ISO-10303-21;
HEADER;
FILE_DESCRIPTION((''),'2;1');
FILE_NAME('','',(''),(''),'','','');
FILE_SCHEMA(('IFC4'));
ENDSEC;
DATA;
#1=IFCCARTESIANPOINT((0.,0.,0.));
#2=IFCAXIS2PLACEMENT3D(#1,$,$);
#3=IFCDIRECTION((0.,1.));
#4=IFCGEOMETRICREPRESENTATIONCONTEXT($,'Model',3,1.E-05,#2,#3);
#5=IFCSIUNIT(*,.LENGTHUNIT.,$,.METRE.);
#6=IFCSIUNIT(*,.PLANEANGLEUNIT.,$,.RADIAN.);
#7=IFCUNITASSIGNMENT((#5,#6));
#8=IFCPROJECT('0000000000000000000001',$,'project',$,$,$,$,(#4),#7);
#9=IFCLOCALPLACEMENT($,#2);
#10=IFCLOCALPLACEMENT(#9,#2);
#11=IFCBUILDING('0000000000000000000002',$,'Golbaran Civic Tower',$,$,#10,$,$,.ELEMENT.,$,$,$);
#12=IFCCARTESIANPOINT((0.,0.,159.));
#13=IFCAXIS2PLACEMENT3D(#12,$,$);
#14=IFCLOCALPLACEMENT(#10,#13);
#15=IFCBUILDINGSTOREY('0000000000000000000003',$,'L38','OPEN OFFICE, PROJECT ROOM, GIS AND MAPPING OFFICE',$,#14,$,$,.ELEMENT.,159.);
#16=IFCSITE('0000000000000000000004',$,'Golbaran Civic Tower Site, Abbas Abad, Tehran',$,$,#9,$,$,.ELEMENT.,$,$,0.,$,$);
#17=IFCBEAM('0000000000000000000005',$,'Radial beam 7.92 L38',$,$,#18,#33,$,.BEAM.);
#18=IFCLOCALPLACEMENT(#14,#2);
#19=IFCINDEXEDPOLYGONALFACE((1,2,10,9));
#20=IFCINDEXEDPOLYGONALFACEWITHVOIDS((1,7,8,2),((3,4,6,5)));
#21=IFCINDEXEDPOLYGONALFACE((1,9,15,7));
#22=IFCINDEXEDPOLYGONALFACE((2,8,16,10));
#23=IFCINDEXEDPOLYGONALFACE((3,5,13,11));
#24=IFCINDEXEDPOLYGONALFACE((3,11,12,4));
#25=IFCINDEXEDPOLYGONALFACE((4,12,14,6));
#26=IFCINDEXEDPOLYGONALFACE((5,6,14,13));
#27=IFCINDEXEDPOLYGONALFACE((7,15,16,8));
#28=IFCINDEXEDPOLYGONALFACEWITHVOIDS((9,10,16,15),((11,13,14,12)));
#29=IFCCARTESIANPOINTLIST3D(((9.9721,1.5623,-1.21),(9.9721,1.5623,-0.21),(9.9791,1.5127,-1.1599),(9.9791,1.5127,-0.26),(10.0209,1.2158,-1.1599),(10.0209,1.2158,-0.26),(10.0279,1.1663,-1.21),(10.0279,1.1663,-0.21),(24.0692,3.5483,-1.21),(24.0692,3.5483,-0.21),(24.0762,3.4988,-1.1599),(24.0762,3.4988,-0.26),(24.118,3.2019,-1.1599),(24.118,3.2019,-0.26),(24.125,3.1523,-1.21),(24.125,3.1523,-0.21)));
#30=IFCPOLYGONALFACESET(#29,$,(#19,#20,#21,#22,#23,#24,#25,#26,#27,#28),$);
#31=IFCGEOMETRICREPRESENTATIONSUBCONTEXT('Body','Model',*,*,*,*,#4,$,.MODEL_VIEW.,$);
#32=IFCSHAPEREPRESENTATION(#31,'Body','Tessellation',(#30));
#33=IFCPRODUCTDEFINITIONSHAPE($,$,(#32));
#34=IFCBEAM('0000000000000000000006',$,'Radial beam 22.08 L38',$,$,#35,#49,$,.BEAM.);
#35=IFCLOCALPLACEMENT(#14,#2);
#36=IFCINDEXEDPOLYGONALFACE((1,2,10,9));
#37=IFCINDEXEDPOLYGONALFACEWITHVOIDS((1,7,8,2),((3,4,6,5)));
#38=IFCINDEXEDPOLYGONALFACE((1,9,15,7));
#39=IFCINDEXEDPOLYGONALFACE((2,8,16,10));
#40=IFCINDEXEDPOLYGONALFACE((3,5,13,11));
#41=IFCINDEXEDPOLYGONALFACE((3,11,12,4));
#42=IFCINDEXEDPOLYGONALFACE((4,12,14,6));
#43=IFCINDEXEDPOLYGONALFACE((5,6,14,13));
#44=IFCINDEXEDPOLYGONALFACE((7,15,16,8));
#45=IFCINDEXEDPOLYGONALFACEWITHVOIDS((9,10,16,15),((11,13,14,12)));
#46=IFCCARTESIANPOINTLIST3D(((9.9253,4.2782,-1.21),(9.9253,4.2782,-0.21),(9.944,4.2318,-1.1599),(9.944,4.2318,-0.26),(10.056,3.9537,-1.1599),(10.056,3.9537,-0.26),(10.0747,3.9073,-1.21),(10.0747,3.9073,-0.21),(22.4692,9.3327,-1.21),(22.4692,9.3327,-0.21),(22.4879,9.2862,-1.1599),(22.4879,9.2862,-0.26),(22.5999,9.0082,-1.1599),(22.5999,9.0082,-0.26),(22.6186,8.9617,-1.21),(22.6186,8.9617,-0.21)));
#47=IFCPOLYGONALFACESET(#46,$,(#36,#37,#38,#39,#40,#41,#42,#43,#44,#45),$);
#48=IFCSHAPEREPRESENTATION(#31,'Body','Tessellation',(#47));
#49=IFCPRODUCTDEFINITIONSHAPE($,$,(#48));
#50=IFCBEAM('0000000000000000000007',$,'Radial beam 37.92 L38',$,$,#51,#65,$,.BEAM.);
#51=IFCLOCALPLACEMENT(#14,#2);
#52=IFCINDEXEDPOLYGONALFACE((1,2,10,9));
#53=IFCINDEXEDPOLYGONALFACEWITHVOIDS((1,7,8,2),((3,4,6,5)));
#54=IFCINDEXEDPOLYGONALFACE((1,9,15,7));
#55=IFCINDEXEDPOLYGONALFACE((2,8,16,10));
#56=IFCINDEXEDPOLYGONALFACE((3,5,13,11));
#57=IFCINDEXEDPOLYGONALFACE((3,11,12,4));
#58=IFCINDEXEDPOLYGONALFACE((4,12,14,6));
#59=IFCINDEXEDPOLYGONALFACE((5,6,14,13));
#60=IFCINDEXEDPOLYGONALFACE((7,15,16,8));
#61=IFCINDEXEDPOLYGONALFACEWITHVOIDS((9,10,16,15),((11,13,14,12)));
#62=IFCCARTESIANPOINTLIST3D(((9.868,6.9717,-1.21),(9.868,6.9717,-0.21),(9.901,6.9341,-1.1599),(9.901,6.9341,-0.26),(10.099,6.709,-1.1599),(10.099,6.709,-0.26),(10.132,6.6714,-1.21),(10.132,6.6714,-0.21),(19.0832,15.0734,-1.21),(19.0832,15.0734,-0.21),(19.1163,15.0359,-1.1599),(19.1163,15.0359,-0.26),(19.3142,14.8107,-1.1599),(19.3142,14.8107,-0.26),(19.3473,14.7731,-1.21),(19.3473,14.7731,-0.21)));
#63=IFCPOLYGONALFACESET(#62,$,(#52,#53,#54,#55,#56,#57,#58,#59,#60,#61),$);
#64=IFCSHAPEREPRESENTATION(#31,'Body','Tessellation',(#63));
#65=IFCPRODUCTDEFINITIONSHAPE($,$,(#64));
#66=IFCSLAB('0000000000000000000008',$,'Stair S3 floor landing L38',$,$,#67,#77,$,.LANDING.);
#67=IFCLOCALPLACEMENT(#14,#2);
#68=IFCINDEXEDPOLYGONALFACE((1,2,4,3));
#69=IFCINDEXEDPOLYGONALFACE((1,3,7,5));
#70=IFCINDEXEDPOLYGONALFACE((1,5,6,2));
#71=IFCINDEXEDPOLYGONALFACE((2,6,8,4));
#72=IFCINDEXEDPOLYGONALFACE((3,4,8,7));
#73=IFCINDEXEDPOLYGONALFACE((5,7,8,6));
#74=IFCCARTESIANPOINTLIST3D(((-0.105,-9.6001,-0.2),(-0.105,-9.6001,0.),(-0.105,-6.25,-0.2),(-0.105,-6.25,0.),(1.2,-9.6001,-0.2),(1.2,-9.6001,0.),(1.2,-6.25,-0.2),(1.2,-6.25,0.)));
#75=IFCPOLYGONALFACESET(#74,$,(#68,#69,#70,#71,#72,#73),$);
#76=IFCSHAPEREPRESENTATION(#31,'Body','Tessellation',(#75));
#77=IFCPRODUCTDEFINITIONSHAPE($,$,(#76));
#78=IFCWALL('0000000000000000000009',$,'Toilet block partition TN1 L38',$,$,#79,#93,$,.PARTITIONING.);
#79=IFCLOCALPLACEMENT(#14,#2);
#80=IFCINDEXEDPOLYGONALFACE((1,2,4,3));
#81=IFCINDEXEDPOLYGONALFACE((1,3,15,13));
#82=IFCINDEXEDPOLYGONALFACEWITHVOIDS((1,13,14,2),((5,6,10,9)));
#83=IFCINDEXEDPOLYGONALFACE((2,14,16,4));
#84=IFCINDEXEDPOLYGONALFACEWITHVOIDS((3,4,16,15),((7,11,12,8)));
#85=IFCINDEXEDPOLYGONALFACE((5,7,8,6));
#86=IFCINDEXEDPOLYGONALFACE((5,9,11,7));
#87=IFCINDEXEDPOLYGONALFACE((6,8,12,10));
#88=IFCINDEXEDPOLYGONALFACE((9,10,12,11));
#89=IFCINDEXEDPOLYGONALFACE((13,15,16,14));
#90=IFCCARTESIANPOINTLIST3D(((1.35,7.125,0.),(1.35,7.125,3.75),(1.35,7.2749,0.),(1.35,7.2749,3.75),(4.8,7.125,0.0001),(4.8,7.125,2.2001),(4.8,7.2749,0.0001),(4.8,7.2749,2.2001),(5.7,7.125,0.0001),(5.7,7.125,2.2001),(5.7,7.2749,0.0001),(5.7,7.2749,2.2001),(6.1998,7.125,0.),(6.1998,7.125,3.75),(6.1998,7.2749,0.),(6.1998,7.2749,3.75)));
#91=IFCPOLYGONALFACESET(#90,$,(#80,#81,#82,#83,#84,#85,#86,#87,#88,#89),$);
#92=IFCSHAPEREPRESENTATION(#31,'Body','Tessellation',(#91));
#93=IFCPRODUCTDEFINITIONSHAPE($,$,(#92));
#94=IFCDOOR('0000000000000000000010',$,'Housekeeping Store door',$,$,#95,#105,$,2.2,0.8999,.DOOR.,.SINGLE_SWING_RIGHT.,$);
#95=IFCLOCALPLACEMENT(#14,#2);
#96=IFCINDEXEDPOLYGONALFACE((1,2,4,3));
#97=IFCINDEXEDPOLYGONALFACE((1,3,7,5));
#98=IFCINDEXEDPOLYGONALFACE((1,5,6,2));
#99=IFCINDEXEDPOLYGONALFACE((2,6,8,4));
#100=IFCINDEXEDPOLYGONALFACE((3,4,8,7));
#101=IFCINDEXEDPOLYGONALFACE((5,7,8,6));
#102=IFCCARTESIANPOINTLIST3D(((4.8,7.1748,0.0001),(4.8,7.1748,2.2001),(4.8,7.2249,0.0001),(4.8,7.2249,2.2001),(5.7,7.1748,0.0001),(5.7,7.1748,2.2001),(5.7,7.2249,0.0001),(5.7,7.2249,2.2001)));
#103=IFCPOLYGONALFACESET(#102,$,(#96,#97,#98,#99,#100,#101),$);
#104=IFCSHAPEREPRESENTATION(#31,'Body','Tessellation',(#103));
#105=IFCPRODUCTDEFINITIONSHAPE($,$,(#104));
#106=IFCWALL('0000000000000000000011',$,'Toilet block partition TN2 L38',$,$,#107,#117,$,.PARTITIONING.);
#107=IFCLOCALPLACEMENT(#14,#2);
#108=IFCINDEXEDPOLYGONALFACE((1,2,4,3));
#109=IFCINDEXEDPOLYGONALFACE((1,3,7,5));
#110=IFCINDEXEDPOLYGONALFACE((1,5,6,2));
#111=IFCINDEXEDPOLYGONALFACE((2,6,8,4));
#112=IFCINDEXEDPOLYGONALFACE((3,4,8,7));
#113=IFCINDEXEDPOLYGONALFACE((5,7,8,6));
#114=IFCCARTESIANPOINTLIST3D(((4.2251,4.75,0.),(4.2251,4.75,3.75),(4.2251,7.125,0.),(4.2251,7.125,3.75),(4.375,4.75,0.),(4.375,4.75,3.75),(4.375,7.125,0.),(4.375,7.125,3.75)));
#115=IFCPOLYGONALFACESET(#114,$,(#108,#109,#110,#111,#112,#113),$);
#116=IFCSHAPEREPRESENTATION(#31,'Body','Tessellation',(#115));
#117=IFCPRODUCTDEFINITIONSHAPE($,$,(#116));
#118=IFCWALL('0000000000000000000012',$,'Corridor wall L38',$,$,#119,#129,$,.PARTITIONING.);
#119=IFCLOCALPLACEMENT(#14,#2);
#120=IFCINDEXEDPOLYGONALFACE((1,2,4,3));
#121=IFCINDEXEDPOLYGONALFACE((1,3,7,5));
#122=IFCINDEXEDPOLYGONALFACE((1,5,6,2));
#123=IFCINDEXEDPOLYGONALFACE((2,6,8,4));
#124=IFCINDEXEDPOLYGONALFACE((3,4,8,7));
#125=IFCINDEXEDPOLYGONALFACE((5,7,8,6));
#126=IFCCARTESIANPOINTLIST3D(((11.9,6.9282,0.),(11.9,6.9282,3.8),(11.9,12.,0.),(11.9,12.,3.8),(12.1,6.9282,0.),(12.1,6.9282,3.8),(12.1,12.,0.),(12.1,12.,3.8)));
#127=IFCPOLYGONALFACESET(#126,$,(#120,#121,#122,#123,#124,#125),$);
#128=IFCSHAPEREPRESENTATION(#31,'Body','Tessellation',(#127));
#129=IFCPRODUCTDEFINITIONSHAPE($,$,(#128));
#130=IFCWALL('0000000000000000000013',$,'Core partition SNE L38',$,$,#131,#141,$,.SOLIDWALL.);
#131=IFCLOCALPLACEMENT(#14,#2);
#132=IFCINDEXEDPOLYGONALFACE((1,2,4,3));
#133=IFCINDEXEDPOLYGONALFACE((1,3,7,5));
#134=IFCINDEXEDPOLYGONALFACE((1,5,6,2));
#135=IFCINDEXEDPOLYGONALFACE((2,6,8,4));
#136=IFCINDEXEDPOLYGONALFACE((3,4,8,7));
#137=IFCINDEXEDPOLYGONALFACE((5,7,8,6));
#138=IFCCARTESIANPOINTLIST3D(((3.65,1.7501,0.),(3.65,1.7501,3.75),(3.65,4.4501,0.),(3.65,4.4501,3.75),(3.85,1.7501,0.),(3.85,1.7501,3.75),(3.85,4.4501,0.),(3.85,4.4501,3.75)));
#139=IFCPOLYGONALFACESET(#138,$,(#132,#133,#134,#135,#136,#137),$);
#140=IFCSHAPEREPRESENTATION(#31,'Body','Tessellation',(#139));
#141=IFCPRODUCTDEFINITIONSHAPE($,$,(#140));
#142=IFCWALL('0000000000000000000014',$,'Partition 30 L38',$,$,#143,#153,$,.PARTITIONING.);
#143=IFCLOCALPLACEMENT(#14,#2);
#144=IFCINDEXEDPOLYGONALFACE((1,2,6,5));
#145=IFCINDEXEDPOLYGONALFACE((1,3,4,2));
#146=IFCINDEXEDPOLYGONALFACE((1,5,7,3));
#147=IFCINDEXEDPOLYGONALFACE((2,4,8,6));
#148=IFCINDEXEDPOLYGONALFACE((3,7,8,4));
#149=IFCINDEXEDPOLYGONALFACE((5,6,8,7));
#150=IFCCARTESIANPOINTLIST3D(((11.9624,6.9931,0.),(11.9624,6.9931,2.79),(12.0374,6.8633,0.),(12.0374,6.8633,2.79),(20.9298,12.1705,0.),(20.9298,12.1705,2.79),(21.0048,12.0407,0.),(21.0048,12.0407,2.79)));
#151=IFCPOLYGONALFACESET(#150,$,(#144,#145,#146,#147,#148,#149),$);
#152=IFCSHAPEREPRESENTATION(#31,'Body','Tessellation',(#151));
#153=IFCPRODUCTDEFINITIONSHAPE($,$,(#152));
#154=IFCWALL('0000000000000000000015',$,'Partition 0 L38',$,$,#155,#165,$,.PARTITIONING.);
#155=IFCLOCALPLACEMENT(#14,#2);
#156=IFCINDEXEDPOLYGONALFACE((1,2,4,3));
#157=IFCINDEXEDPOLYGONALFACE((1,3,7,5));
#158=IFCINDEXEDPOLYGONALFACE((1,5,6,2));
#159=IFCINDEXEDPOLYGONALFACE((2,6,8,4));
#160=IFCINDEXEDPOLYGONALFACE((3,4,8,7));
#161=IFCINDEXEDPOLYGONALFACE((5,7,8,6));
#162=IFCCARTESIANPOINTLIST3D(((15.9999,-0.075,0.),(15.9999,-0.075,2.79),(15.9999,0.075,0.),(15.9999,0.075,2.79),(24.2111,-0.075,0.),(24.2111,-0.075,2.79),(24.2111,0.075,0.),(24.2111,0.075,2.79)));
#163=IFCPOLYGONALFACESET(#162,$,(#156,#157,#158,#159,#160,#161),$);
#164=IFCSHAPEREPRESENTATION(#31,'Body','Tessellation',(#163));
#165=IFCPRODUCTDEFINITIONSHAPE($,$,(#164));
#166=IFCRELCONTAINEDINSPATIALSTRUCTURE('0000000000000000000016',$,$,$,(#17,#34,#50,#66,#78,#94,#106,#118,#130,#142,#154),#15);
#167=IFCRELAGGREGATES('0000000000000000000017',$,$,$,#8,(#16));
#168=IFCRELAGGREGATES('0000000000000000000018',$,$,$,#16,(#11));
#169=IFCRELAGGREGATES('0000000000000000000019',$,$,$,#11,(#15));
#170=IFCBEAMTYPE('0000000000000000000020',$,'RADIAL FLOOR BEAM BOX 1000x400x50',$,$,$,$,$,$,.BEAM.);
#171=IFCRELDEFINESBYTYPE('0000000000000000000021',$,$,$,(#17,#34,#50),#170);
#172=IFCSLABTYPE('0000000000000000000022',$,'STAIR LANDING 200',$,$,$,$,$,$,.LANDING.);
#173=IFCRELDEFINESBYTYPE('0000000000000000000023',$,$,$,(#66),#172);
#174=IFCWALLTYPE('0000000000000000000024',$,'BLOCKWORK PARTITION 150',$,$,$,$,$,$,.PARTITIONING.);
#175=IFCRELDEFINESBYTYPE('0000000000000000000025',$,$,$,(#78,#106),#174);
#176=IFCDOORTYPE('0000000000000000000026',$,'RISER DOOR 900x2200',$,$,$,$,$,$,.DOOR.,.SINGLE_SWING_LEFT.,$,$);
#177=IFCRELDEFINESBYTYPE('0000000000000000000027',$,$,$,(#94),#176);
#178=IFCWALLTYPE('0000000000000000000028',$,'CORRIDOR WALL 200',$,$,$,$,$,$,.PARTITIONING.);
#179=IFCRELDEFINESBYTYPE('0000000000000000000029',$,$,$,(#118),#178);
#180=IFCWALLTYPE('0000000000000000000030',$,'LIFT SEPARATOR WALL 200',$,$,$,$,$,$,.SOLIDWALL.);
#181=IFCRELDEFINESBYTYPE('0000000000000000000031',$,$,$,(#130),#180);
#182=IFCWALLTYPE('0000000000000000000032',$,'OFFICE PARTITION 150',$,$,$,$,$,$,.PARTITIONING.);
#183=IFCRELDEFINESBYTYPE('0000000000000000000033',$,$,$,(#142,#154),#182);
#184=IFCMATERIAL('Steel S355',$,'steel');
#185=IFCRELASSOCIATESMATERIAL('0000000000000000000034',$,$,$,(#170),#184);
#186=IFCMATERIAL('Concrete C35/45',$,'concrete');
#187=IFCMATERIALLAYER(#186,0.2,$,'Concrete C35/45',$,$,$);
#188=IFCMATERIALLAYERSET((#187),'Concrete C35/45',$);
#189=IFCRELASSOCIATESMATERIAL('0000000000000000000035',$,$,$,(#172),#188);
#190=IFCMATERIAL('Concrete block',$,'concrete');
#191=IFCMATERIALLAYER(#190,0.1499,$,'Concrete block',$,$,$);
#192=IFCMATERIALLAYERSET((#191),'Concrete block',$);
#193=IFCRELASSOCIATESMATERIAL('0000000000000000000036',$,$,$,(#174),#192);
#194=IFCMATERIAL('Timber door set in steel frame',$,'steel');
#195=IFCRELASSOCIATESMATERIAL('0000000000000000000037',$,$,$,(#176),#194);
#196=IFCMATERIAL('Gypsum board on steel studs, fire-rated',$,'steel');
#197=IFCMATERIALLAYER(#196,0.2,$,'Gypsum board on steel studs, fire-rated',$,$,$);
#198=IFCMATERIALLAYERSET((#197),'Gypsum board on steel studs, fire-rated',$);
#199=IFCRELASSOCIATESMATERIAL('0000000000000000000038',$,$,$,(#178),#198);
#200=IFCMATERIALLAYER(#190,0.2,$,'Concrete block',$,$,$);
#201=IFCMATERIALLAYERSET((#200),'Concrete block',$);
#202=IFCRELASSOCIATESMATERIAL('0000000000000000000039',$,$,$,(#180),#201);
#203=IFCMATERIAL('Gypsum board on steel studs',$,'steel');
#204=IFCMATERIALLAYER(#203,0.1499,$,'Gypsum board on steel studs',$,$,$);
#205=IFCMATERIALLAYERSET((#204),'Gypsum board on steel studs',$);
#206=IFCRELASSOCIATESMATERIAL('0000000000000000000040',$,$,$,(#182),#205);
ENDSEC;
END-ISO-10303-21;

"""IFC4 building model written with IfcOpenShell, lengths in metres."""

from ifc_helpers import new_model, si_unit, direction, frame, frame_2d, origin, origin_2d, place, context, subcontext, project, spatial, polyline, rectangle, hollow_rectangle, outline, extrude, material, layer, layer_set, material_profile, profile_set, type_object, element, fill, save


model = new_model("IFC4")

# Units and contexts
model_context = context("Model", 3, precision=1e-05, world=origin(), true_north=direction((0.0, 1.0)))
body_context = subcontext(model_context, "Body", "Model", "MODEL_VIEW")
ifc_project = project(units=[si_unit("LENGTHUNIT", "METRE"), si_unit("PLANEANGLEUNIT", "RADIAN")], contexts=[model_context])

# Site, building, storey
site_placement = place(None, origin())
site = spatial("IfcSite", under=ifc_project, at=site_placement, Name="Golbaran Civic Tower Site, Abbas Abad, Tehran", CompositionType="ELEMENT", RefElevation=0.0)
building_placement = place(site_placement, origin())
building = spatial("IfcBuilding", under=site, at=building_placement, Name="Golbaran Civic Tower", CompositionType="ELEMENT")
storey_placement = place(building_placement, frame((0.0, 0.0, 159.0)))
storey = spatial("IfcBuildingStorey", under=building, at=storey_placement, Name="L38", Description="OPEN OFFICE, PROJECT ROOM, GIS AND MAPPING OFFICE", CompositionType="ELEMENT", Elevation=159.0)

# Beams
ifc_material_1 = material(Name="Steel S355", Category="steel")
ifc_material_profile_1 = material_profile(ifc_material_1, hollow_rectangle(XDim=0.3999, YDim=1.0, WallThickness=0.05, at=origin_2d()), Name="BOX 1000x400x50")
ifc_profile_set_1 = profile_set([ifc_material_profile_1], Name="Steel S355")
beam_type_1 = type_object("IfcBeamType", Name="RADIAL FLOOR BEAM BOX 1000x400x50", PredefinedType="BEAM", material=ifc_profile_set_1)
beam_1_placement = place(storey_placement, frame((10.0, 1.3643, -0.71), z_axis=(0.990221, 0.139508, 0.0), x_axis=(-0.139508, 0.990221, 0.0)))
element("IfcBeam", 1, at=beam_1_placement, inside=storey, type_object=beam_type_1, Name="Radial beam 7.92 L38", PredefinedType="BEAM", context=body_context, shape_type="SweptSolid", body=[
    extrude(hollow_rectangle(XDim=0.3999, YDim=1.0, WallThickness=0.05, at=origin_2d()), origin(), (0.0, 0.0, 1.0), 14.2363),
])
beam_2_placement = place(storey_placement, frame((10.0, 4.0928, -0.71), z_axis=(0.927534, 0.373739, 0.0), x_axis=(-0.373739, 0.927534, 0.0)))
element("IfcBeam", 2, at=beam_2_placement, inside=storey, type_object=beam_type_1, Name="Radial beam 22.08 L38", PredefinedType="BEAM", context=body_context, shape_type="SweptSolid", body=[
    extrude(hollow_rectangle(XDim=0.3999, YDim=1.0, WallThickness=0.05, at=origin_2d()), origin(), (0.0, 0.0, 1.0), 13.5239),
])
beam_3_placement = place(storey_placement, frame((10.0, 6.8215, -0.71), z_axis=(0.751024, 0.660275, 0.0), x_axis=(-0.660275, 0.751024, 0.0)))
element("IfcBeam", 3, at=beam_3_placement, inside=storey, type_object=beam_type_1, Name="Radial beam 37.92 L38", PredefinedType="BEAM", context=body_context, shape_type="SweptSolid", body=[
    extrude(hollow_rectangle(XDim=0.3999, YDim=1.0, WallThickness=0.05, at=origin_2d()), origin(), (0.0, 0.0, 1.0), 12.2703),
])

# Slab
ifc_material_2 = material(Name="Concrete C35/45", Category="concrete")
ifc_layer_1 = layer(ifc_material_2, 0.2, Name="Concrete C35/45")
ifc_layer_set_1 = layer_set([ifc_layer_1], Name="Concrete C35/45")
slab_type = type_object("IfcSlabType", Name="STAIR LANDING 200", PredefinedType="LANDING", material=ifc_layer_set_1)
slab_placement = place(storey_placement, frame((0.0, 0.0, -0.2)))
element("IfcSlab", 4, at=slab_placement, inside=storey, type_object=slab_type, Name="Stair S3 floor landing L38", PredefinedType="LANDING", context=body_context, shape_type="SweptSolid", body=[
    extrude(outline(polyline([(1.2, -9.6001), (-0.105, -9.6001), (-0.105, -6.25), (1.2, -6.25), (1.2, -9.6001)])), origin(), (0.0, 0.0, 1.0), 0.2),
])

# Wall, opening, door
ifc_material_3 = material(Name="Concrete block", Category="concrete")
ifc_layer_2 = layer(ifc_material_3, 0.1499, Name="Concrete block")
ifc_layer_set_2 = layer_set([ifc_layer_2], Name="Concrete block")
wall_type_1 = type_object("IfcWallType", Name="BLOCKWORK PARTITION 150", PredefinedType="PARTITIONING", material=ifc_layer_set_2)
wall_1_placement = place(storey_placement, frame((1.3501, 7.2, 0.0), z_axis=(0.0, 0.0, 1.0), x_axis=(1.0, 0.0, 0.0)))
wall_1 = element("IfcWall", 5, at=wall_1_placement, inside=storey, type_object=wall_type_1, Name="Toilet block partition TN1 L38", PredefinedType="PARTITIONING", context=body_context, shape_type="SweptSolid", body=[
    extrude(rectangle(XDim=4.8499, YDim=0.1499, at=frame_2d((2.4248, 0.0))), origin(), (0.0, 0.0, 1.0), 3.75),
])
opening_1_placement = place(wall_1_placement, frame((3.45, 0.0, 0.0)))
opening_1 = element("IfcOpeningElement", 6, at=opening_1_placement, cuts=wall_1, PredefinedType="OPENING", context=body_context, shape_type="SweptSolid", body=[
    extrude(rectangle(XDim=0.8999, YDim=2.2, at=frame_2d((0.45, 1.1001))), frame((0.0, 0.085, 0.0), z_axis=(0.0, -1.0, 0.0), x_axis=(1.0, 0.0, 0.0)), (0.0, 0.0, 1.0), 0.1699),
])
ifc_material_4 = material(Name="Timber door set in steel frame", Category="steel")
door_type_1 = type_object("IfcDoorType", Name="RISER DOOR 900x2200", OperationType="SINGLE_SWING_LEFT", PredefinedType="DOOR", material=ifc_material_4)
door_1_placement = place(opening_1_placement, origin())
door_1 = element("IfcDoor", 7, at=door_1_placement, inside=storey, type_object=door_type_1, Name="Housekeeping Store door", OperationType="SINGLE_SWING_RIGHT", OverallHeight=2.2, OverallWidth=0.8999, PredefinedType="DOOR", context=body_context, shape_type="SweptSolid", body=[
    extrude(rectangle(XDim=0.8999, YDim=2.2, at=frame_2d((0.45, 1.1001))), frame((0.0, 0.0249, 0.0), z_axis=(0.0, -1.0, 0.0), x_axis=(1.0, 0.0, 0.0)), (0.0, 0.0, 1.0), 0.05),
])
fill(opening_1, door_1)

# Walls
wall_2_placement = place(storey_placement, frame((4.3, 4.75, 0.0), z_axis=(0.0, 0.0, 1.0), x_axis=(0.0, 1.0, 0.0)))
element("IfcWall", 8, at=wall_2_placement, inside=storey, type_object=wall_type_1, Name="Toilet block partition TN2 L38", PredefinedType="PARTITIONING", context=body_context, shape_type="SweptSolid", body=[
    extrude(rectangle(XDim=2.375, YDim=0.1499, at=frame_2d((1.1875, 0.0))), origin(), (0.0, 0.0, 1.0), 3.75),
])
ifc_material_5 = material(Name="Gypsum board on steel studs, fire-rated", Category="steel")
ifc_layer_3 = layer(ifc_material_5, 0.2, Name="Gypsum board on steel studs, fire-rated")
ifc_layer_set_3 = layer_set([ifc_layer_3], Name="Gypsum board on steel studs, fire-rated")
wall_type_2 = type_object("IfcWallType", Name="CORRIDOR WALL 200", PredefinedType="PARTITIONING", material=ifc_layer_set_3)
wall_3_placement = place(storey_placement, frame((12.0, 6.9282, 0.0), z_axis=(0.0, 0.0, 1.0), x_axis=(0.0, 1.0, 0.0)))
element("IfcWall", 9, at=wall_3_placement, inside=storey, type_object=wall_type_2, Name="Corridor wall L38", PredefinedType="PARTITIONING", context=body_context, shape_type="SweptSolid", body=[
    extrude(rectangle(XDim=5.0718, YDim=0.2, at=frame_2d((2.5359, 0.0))), origin(), (0.0, 0.0, 1.0), 3.8),
])
ifc_layer_4 = layer(ifc_material_3, 0.2, Name="Concrete block")
ifc_layer_set_4 = layer_set([ifc_layer_4], Name="Concrete block")
wall_type_3 = type_object("IfcWallType", Name="LIFT SEPARATOR WALL 200", PredefinedType="SOLIDWALL", material=ifc_layer_set_4)
wall_4_placement = place(storey_placement, frame((3.75, 1.75, 0.0), z_axis=(0.0, 0.0, 1.0), x_axis=(0.0, 1.0, 0.0)))
element("IfcWall", 10, at=wall_4_placement, inside=storey, type_object=wall_type_3, Name="Core partition SNE L38", PredefinedType="SOLIDWALL", context=body_context, shape_type="SweptSolid", body=[
    extrude(rectangle(XDim=2.7, YDim=0.2, at=frame_2d((1.3501, 0.0))), origin(), (0.0, 0.0, 1.0), 3.75),
])
ifc_material_6 = material(Name="Gypsum board on steel studs", Category="steel")
ifc_layer_5 = layer(ifc_material_6, 0.1499, Name="Gypsum board on steel studs")
ifc_layer_set_5 = layer_set([ifc_layer_5], Name="Gypsum board on steel studs")
wall_type_4 = type_object("IfcWallType", Name="OFFICE PARTITION 150", PredefinedType="PARTITIONING", material=ifc_layer_set_5)
wall_5_placement = place(storey_placement, frame((12.0, 6.9282, 0.0), z_axis=(0.0, 0.0, 1.0), x_axis=(0.866022, 0.500006, 0.0)))
element("IfcWall", 11, at=wall_5_placement, inside=storey, type_object=wall_type_4, Name="Partition 30 L38", PredefinedType="PARTITIONING", context=body_context, shape_type="SweptSolid", body=[
    extrude(rectangle(XDim=10.3547, YDim=0.1499, at=frame_2d((5.1772, 0.0))), origin(), (0.0, 0.0, 1.0), 2.79),
])
wall_6_placement = place(storey_placement, frame((16.0, 0.0, 0.0), z_axis=(0.0, 0.0, 1.0), x_axis=(1.0, 0.0, 0.0)))
element("IfcWall", 12, at=wall_6_placement, inside=storey, type_object=wall_type_4, Name="Partition 0 L38", PredefinedType="PARTITIONING", context=body_context, shape_type="SweptSolid", body=[
    extrude(rectangle(XDim=8.2112, YDim=0.1499, at=frame_2d((4.1055, 0.0))), origin(), (0.0, 0.0, 1.0), 2.79),
])

save(model, "model.ifc")
